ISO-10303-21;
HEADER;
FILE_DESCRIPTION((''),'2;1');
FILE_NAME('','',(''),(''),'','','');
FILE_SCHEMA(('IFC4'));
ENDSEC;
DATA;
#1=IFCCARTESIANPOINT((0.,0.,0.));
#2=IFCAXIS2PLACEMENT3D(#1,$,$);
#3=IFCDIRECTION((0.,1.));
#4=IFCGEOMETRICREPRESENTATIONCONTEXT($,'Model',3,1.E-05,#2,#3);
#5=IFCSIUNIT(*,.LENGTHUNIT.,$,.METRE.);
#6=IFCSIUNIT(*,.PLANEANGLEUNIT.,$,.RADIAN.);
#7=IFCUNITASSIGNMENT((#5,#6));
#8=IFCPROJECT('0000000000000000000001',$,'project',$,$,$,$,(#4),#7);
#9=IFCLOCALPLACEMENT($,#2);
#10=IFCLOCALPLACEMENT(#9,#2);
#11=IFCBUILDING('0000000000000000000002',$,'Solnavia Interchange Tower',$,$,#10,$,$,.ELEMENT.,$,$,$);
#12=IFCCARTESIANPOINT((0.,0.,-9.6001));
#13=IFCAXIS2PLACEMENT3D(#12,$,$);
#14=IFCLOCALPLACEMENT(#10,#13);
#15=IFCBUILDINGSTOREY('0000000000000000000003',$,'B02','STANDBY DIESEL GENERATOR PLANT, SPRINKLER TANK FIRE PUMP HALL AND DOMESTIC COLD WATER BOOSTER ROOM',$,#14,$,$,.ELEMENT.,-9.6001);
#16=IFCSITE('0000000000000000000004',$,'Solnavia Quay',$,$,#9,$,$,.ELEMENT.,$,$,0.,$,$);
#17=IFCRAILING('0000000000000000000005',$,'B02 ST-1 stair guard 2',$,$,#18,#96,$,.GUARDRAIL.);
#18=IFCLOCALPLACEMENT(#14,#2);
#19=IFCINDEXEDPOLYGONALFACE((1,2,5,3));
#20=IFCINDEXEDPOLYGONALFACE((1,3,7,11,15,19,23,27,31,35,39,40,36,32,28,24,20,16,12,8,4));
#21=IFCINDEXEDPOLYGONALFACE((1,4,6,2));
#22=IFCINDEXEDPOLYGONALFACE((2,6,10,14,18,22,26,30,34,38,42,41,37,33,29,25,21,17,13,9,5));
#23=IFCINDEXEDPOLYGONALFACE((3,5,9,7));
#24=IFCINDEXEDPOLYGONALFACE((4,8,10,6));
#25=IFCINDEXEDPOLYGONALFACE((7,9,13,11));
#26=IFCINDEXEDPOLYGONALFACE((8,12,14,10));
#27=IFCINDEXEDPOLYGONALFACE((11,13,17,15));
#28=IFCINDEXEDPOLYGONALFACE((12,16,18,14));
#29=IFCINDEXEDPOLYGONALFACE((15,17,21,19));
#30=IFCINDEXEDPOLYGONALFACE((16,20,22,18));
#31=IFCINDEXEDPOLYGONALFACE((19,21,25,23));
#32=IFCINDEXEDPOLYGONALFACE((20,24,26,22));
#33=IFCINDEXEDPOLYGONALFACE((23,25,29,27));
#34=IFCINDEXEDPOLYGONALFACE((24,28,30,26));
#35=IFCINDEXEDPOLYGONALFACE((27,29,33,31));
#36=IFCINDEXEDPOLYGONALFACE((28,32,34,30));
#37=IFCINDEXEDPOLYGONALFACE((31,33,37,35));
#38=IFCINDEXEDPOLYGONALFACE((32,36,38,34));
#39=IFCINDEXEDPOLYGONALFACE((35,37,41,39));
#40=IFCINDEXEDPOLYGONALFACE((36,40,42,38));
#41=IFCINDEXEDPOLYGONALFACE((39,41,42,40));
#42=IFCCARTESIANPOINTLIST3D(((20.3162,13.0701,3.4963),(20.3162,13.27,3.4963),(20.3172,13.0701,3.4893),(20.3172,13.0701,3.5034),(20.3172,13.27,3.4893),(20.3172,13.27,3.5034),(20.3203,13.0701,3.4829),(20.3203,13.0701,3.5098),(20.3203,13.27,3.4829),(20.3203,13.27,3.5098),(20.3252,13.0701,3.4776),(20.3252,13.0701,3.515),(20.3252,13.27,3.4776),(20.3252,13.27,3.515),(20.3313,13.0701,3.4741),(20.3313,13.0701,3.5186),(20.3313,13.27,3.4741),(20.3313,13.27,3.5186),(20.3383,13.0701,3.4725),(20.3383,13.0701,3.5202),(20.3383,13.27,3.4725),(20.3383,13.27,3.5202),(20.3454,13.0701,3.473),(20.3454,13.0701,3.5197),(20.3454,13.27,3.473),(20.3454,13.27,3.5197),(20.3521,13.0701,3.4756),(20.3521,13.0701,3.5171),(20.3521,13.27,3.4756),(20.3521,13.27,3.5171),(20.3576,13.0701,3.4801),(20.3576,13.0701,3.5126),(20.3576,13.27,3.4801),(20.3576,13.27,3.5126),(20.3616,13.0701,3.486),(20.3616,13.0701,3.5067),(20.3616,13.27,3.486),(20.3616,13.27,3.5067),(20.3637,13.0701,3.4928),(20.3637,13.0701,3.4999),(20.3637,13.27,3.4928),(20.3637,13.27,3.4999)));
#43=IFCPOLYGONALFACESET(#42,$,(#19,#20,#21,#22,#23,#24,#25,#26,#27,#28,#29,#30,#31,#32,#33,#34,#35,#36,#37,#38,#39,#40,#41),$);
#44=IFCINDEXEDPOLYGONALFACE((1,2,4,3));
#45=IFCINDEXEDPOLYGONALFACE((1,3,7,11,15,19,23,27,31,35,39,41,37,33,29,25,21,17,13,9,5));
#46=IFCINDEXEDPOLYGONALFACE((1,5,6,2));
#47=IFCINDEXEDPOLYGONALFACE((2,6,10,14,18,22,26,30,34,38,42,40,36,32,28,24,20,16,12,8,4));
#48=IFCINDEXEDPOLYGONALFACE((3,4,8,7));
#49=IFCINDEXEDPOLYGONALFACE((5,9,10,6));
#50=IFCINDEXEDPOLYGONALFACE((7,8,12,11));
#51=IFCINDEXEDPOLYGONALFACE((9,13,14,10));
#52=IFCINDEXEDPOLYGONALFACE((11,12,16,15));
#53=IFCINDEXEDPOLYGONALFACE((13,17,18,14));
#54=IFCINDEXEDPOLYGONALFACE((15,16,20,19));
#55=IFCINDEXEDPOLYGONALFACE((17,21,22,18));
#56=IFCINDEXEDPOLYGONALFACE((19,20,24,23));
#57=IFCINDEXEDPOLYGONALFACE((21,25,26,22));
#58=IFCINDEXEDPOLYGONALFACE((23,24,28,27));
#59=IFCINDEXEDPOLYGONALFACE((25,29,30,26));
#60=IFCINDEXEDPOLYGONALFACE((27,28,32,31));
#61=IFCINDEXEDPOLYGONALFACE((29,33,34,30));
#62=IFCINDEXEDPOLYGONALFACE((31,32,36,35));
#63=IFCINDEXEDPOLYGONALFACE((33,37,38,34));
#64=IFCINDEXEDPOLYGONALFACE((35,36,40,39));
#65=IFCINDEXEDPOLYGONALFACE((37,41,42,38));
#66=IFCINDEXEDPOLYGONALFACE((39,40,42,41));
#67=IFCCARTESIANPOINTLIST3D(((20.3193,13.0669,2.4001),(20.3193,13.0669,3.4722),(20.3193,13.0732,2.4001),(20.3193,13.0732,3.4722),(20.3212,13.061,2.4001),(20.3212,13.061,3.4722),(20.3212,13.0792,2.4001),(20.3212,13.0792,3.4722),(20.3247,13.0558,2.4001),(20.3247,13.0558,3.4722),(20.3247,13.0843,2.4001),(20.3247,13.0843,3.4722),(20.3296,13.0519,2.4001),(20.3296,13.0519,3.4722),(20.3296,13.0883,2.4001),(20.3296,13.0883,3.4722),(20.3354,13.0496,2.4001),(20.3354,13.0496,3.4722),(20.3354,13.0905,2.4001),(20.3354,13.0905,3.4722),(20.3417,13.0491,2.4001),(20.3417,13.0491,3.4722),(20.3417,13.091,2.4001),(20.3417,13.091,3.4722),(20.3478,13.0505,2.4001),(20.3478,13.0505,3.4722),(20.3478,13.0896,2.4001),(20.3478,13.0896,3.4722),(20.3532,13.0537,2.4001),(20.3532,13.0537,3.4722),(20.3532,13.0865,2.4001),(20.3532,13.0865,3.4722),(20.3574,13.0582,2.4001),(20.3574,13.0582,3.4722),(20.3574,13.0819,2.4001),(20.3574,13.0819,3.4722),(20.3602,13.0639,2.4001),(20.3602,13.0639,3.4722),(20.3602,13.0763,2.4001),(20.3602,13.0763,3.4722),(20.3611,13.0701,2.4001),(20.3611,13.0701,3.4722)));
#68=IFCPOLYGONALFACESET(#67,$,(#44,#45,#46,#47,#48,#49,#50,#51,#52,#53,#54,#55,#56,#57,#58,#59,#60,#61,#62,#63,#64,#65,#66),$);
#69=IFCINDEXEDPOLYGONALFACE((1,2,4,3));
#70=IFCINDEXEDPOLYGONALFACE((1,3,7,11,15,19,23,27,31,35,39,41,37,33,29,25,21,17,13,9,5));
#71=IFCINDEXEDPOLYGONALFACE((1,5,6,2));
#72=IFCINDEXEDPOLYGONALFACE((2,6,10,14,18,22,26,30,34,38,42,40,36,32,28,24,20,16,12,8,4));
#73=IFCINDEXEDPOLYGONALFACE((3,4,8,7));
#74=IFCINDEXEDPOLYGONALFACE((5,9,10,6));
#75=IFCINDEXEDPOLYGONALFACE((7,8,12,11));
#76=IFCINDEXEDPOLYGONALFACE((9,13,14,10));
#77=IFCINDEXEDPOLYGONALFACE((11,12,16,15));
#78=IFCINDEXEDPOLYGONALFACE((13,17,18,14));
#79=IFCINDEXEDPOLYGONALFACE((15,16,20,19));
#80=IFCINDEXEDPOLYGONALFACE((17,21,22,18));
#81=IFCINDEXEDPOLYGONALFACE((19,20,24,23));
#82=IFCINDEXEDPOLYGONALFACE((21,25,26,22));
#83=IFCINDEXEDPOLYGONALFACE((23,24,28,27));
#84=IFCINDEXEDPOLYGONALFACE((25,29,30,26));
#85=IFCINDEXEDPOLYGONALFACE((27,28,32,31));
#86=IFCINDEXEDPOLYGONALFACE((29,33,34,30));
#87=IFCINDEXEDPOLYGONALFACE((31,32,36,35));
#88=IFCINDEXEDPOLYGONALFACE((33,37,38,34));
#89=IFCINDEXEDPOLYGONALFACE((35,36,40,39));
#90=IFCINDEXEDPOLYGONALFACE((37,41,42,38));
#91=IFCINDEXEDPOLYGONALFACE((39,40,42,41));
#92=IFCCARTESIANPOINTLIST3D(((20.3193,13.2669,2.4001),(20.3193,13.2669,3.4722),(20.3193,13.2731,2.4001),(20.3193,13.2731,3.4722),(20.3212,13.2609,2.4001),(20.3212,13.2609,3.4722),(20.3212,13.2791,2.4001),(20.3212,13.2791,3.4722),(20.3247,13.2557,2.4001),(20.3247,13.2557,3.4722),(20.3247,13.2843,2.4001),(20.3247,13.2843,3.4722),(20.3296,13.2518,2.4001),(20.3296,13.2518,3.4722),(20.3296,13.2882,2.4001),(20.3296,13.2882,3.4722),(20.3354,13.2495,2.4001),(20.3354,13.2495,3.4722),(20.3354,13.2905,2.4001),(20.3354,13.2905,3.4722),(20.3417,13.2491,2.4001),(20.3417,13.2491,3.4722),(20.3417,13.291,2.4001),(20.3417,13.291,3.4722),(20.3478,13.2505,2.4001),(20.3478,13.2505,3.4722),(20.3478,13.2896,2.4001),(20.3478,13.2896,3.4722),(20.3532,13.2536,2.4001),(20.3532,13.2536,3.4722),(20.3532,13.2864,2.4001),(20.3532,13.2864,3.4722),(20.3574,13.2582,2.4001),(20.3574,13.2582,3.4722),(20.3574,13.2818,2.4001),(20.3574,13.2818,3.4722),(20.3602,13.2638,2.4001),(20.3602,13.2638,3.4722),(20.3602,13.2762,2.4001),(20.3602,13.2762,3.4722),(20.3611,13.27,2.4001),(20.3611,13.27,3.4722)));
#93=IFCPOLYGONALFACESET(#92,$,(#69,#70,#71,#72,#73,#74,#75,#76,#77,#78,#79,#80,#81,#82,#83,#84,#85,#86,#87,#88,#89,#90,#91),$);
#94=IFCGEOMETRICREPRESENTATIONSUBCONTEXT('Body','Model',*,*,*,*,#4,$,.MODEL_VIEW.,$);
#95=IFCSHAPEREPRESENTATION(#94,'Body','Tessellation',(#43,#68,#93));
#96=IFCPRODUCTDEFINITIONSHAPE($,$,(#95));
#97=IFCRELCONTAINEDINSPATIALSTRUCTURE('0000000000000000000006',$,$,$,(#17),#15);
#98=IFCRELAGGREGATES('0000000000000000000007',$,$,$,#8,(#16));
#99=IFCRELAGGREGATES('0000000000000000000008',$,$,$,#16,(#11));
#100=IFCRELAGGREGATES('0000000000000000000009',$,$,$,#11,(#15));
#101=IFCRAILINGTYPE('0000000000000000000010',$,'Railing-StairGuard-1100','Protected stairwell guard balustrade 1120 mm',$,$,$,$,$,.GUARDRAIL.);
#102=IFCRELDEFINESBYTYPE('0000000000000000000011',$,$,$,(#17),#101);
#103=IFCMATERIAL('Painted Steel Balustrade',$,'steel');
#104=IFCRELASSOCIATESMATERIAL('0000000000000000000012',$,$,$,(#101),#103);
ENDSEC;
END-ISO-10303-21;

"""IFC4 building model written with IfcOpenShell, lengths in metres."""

from ifc_helpers import new_model, si_unit, direction, frame, origin, origin_2d, place, context, subcontext, project, spatial, circle, extrude, material, type_object, element, save


model = new_model("IFC4")

# Units and contexts
model_context = context("Model", 3, precision=1e-05, world=origin(), true_north=direction((0.0, 1.0)))
body_context = subcontext(model_context, "Body", "Model", "MODEL_VIEW")
ifc_project = project(units=[si_unit("LENGTHUNIT", "METRE"), si_unit("PLANEANGLEUNIT", "RADIAN")], contexts=[model_context])

# Site, building, storey
site_placement = place(None, origin())
site = spatial("IfcSite", under=ifc_project, at=site_placement, Name="Solnavia Quay", CompositionType="ELEMENT", RefElevation=0.0)
building_placement = place(site_placement, origin())
building = spatial("IfcBuilding", under=site, at=building_placement, Name="Solnavia Interchange Tower", CompositionType="ELEMENT")
storey_placement = place(building_placement, frame((0.0, 0.0, -9.6001)))
storey = spatial("IfcBuildingStorey", under=building, at=storey_placement, Name="B02", Description="STANDBY DIESEL GENERATOR PLANT, SPRINKLER TANK FIRE PUMP HALL AND DOMESTIC COLD WATER BOOSTER ROOM", CompositionType="ELEMENT", Elevation=-9.6001)

# Railing
ifc_material_1 = material(Name="Painted Steel Balustrade", Category="steel")
railing_type_1 = type_object("IfcRailingType", Name="Railing-StairGuard-1100", Description="Protected stairwell guard balustrade 1120 mm", PredefinedType="GUARDRAIL", material=ifc_material_1)
railing_1_placement = place(storey_placement, frame((20.3401, 13.0701, 2.4001)))
element("IfcRailing", 1, at=railing_1_placement, inside=storey, type_object=railing_type_1, Name="B02 ST-1 stair guard 2", PredefinedType="GUARDRAIL", context=body_context, shape_type="SweptSolid", body=[
    extrude(circle(Radius=0.0239, at=origin_2d()), frame((0.0, 0.0, 1.0962), z_axis=(0.0, 1.0, 0.0), x_axis=(-1.0, 0.0, 0.0)), (0.0, 0.0, 1.0), 0.2),
    extrude(circle(Radius=0.021, at=origin_2d()), origin(), (0.0, 0.0, 1.0), 1.072),
    extrude(circle(Radius=0.021, at=origin_2d()), frame((0.0, 0.2, 0.0)), (0.0, 0.0, 1.0), 1.072),
])

save(model, "model.ifc")
